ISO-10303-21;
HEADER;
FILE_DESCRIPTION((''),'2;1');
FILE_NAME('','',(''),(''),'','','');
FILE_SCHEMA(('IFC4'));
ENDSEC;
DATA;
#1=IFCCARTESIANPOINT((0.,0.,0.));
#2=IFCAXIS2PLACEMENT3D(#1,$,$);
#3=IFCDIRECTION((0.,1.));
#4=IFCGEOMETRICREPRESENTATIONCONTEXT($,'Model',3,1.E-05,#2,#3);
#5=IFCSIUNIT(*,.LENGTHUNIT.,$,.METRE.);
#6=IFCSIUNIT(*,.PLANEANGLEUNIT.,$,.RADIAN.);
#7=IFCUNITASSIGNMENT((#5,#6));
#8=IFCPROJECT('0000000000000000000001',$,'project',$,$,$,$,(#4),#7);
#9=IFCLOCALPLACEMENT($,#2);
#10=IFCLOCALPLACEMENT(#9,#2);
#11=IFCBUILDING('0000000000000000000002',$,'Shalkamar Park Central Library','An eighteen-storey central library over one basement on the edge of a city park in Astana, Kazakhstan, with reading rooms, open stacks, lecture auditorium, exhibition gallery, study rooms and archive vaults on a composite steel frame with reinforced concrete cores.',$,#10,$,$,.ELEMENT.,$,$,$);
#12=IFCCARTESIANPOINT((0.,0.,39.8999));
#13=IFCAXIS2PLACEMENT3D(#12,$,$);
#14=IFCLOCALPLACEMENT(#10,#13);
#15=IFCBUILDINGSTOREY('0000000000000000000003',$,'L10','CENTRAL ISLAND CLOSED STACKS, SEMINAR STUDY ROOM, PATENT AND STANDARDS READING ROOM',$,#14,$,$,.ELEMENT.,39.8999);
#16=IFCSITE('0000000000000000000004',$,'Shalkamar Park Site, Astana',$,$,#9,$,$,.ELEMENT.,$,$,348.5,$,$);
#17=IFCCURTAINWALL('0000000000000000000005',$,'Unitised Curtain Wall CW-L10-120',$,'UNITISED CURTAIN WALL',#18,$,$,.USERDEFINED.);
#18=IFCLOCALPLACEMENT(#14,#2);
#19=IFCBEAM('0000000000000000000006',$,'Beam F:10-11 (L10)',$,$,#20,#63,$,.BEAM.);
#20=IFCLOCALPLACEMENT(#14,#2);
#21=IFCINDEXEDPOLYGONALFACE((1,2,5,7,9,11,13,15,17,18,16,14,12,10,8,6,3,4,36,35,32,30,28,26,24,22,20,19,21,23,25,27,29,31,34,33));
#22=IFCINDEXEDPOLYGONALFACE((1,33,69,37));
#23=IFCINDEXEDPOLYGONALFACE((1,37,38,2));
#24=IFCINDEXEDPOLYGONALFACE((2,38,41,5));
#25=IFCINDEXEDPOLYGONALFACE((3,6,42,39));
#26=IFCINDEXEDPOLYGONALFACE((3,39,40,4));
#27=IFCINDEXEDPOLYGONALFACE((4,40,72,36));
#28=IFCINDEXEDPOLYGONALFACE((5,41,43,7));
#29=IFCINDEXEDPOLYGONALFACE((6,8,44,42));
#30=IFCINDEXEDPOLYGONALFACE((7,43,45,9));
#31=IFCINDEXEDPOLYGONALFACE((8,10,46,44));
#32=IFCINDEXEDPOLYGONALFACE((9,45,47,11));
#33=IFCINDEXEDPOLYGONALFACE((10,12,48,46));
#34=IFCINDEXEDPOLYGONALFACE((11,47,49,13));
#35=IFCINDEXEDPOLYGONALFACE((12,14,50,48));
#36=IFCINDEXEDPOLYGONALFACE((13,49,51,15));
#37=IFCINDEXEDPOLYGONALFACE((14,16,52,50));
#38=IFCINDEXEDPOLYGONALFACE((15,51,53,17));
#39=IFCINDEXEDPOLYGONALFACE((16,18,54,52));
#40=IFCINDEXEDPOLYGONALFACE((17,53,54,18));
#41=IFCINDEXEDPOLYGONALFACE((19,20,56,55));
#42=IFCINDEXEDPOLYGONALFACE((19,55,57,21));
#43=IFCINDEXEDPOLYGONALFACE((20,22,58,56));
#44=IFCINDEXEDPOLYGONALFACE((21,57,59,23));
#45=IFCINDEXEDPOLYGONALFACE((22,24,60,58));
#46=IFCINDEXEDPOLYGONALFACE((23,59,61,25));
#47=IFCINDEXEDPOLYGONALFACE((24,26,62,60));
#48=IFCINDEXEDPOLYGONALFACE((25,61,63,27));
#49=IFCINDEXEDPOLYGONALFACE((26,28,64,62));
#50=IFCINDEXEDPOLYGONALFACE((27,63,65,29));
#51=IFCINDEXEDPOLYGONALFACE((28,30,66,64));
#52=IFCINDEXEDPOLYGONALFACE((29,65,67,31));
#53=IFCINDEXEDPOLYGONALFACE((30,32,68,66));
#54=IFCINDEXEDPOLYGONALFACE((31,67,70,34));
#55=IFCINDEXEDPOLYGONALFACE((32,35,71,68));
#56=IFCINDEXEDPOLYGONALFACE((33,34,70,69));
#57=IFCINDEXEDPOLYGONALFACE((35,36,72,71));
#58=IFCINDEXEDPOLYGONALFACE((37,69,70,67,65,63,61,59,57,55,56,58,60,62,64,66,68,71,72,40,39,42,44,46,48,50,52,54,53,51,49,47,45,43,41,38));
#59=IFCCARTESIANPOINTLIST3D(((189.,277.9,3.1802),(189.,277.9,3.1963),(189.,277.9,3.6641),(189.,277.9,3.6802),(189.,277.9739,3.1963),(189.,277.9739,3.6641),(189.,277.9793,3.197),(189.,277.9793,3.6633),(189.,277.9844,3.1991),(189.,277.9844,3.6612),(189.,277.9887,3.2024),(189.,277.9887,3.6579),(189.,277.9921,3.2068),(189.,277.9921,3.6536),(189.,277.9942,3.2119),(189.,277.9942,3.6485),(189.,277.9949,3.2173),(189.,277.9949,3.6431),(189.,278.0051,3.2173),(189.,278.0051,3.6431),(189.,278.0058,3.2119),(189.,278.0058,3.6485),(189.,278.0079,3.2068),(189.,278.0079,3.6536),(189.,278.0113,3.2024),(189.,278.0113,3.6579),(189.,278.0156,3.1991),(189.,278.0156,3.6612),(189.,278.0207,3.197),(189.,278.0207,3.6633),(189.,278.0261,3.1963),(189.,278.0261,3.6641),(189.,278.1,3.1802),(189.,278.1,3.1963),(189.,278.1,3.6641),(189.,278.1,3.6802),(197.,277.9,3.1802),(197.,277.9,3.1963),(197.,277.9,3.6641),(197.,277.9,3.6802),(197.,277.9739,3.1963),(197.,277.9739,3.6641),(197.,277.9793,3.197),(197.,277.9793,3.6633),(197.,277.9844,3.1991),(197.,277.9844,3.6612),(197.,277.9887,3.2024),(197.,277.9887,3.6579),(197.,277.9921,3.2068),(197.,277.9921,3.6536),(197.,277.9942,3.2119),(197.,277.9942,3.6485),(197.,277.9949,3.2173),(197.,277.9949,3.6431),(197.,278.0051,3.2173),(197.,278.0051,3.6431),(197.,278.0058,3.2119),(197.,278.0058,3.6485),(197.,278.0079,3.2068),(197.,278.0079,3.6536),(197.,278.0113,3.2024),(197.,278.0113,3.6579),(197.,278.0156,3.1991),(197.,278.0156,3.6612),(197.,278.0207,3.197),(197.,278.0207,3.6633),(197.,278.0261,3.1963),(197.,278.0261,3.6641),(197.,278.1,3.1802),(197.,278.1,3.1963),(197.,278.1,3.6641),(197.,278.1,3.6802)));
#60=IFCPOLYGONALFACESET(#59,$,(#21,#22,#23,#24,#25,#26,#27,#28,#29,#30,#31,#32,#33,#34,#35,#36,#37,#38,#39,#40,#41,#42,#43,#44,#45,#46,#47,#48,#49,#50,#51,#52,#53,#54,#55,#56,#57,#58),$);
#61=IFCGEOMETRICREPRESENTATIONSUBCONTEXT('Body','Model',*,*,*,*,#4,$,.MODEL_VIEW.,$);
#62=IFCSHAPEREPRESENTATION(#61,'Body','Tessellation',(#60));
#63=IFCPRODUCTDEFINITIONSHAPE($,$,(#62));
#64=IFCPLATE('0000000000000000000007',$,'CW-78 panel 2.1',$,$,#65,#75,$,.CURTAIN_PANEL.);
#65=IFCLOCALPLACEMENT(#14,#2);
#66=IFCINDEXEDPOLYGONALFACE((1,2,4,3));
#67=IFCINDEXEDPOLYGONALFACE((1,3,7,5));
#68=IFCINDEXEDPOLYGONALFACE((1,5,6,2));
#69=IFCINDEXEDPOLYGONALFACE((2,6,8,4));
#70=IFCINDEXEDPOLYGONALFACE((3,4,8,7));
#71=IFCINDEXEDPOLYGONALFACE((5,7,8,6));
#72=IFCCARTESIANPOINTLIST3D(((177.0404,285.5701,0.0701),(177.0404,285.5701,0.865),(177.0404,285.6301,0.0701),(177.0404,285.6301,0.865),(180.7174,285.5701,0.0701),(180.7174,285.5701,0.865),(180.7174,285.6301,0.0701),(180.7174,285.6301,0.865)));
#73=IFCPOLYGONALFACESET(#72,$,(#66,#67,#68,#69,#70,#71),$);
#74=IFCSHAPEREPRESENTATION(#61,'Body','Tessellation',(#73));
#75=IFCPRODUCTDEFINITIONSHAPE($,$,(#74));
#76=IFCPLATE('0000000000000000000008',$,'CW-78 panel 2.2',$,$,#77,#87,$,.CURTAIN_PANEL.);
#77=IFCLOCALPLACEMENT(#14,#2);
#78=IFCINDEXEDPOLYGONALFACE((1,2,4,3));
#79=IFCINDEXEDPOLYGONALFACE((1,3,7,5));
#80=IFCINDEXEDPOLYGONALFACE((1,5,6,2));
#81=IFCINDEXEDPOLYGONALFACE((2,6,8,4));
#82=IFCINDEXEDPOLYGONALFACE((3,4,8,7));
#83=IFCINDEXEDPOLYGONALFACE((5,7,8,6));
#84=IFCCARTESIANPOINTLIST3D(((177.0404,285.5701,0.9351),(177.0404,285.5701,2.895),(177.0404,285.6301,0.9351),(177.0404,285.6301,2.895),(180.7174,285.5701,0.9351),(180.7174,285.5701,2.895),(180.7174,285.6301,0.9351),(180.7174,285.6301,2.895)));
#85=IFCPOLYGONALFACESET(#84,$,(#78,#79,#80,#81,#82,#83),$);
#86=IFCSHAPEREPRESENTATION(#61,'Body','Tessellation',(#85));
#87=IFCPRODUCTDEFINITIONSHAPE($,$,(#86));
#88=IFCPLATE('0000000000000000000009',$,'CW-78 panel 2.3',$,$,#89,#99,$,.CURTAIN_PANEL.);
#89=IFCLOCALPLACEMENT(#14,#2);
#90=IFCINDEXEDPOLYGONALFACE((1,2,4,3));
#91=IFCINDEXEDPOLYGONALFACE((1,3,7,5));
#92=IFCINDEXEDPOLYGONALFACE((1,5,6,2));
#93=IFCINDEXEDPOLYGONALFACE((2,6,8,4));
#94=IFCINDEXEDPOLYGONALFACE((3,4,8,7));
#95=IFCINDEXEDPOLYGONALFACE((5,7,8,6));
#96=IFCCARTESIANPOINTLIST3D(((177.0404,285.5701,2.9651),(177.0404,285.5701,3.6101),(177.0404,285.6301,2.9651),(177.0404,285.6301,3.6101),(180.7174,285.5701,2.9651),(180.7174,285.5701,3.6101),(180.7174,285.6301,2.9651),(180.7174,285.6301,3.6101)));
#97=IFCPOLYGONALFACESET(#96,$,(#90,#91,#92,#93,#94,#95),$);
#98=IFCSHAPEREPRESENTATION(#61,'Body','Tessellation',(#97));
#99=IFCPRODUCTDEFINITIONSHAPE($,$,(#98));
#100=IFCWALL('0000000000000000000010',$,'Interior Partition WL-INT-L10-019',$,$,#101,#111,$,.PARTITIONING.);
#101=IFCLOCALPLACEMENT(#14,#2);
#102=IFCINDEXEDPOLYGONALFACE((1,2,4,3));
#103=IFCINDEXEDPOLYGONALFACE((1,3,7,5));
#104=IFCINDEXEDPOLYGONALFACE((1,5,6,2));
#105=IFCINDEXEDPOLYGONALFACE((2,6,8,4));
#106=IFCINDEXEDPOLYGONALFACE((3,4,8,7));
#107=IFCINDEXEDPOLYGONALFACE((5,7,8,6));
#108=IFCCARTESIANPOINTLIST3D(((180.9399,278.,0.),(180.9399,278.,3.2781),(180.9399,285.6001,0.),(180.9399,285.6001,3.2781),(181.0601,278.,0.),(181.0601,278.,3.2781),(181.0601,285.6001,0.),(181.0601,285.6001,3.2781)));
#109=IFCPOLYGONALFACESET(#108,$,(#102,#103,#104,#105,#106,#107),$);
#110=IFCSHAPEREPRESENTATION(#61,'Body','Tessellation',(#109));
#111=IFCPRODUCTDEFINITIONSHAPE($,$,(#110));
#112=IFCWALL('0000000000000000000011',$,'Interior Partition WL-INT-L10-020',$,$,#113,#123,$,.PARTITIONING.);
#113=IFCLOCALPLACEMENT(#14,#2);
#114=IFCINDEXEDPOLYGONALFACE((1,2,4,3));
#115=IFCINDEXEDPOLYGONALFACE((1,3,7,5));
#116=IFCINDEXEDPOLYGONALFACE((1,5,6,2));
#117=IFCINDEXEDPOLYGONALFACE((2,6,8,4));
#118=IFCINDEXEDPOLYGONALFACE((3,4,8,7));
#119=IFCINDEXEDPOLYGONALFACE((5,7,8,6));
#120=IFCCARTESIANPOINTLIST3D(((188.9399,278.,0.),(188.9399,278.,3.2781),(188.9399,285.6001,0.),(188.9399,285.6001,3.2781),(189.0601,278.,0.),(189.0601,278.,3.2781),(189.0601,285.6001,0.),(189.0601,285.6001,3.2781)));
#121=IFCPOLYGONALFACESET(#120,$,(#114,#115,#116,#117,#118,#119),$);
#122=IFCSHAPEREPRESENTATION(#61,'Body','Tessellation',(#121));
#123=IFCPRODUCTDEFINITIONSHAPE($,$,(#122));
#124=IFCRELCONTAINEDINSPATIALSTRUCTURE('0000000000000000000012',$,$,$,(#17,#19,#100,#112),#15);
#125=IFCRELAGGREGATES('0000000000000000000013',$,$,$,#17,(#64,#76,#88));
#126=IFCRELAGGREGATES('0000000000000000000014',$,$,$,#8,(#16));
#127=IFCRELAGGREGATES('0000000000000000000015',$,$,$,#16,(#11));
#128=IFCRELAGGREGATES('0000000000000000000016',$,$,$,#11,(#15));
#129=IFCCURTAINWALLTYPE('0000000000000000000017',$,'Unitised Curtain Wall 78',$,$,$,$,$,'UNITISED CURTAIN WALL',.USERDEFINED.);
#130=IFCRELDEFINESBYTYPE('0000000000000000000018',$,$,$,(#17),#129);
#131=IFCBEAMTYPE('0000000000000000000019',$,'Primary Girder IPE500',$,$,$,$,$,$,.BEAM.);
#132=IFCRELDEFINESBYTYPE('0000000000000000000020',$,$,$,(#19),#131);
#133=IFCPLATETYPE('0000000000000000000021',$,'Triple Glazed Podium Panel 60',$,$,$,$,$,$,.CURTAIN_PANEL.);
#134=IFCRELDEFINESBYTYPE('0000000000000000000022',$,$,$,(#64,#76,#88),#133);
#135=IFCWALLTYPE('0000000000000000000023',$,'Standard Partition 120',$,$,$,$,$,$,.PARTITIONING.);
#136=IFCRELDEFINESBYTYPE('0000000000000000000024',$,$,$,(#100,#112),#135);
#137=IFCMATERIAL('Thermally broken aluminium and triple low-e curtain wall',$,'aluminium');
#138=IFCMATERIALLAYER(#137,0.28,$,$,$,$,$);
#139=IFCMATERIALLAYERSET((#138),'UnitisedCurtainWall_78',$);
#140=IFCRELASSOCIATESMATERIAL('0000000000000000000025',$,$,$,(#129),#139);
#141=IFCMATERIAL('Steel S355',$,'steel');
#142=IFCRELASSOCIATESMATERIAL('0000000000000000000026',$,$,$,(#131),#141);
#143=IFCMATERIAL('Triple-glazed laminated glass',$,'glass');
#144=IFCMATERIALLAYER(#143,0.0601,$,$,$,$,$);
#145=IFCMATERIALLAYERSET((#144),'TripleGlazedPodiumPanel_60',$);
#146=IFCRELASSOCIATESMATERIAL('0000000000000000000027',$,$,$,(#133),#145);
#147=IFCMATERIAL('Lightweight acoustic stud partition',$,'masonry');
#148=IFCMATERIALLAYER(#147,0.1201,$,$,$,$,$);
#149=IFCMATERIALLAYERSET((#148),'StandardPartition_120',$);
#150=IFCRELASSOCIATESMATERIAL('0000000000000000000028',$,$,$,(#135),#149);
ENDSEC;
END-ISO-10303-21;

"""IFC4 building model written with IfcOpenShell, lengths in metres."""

from ifc_helpers import new_model, si_unit, direction, frame, frame_2d, origin, origin_2d, place, context, subcontext, project, spatial, rectangle, i_section, extrude, material, layer, layer_set, material_profile, profile_set, type_object, element, aggregate, save


model = new_model("IFC4")

# Units and contexts
model_context = context("Model", 3, precision=1e-05, world=origin(), true_north=direction((0.0, 1.0)))
body_context = subcontext(model_context, "Body", "Model", "MODEL_VIEW")
ifc_project = project(units=[si_unit("LENGTHUNIT", "METRE"), si_unit("PLANEANGLEUNIT", "RADIAN")], contexts=[model_context])

# Site, building, storey
site_placement = place(None, origin())
site = spatial("IfcSite", under=ifc_project, at=site_placement, Name="Shalkamar Park Site, Astana", CompositionType="ELEMENT", RefElevation=348.5)
building_placement = place(site_placement, origin())
building = spatial("IfcBuilding", under=site, at=building_placement, Name="Shalkamar Park Central Library", Description="An eighteen-storey central library over one basement on the edge of a city park in Astana, Kazakhstan, with reading rooms, open stacks, lecture auditorium, exhibition gallery, study rooms and archive vaults on a composite steel frame with reinforced concrete cores.", CompositionType="ELEMENT")
storey_placement = place(building_placement, frame((0.0, 0.0, 39.8999)))
storey = spatial("IfcBuildingStorey", under=building, at=storey_placement, Name="L10", Description="CENTRAL ISLAND CLOSED STACKS, SEMINAR STUDY ROOM, PATENT AND STANDARDS READING ROOM", CompositionType="ELEMENT", Elevation=39.8999)

# Shared definitions
ifc_material_1 = material(Name="Steel S355", Category="steel")

# Shared definitions
ifc_material_2 = material(Name="Thermally broken aluminium and triple low-e curtain wall", Category="aluminium")

# Curtain wall
ifc_layer_1 = layer(ifc_material_2, 0.28)
ifc_layer_set_1 = layer_set([ifc_layer_1], Name="UnitisedCurtainWall_78")
curtain_wall_type_1 = type_object("IfcCurtainWallType", Name="Unitised Curtain Wall 78", ElementType="UNITISED CURTAIN WALL", PredefinedType="USERDEFINED", material=ifc_layer_set_1)
curtain_wall_1_placement = place(storey_placement, origin())
curtain_wall_1 = element("IfcCurtainWall", 1, at=curtain_wall_1_placement, inside=storey, type_object=curtain_wall_type_1, Name="Unitised Curtain Wall CW-L10-120", ObjectType="UNITISED CURTAIN WALL", PredefinedType="USERDEFINED")

# Beam
ifc_material_profile_1 = material_profile(ifc_material_1, i_section(OverallWidth=0.2, OverallDepth=0.5, WebThickness=0.0103, FlangeThickness=0.0161, FilletRadius=0.021, at=origin_2d()), Name="IPE 500")
ifc_profile_set_1 = profile_set([ifc_material_profile_1], Name="Steel S355")
beam_type_1 = type_object("IfcBeamType", Name="Primary Girder IPE500", PredefinedType="BEAM", material=ifc_profile_set_1)
for number, where, z_axis, x_axis, name in (
    (2, (189.0, 278.0, 3.4302), (1.0, 0.0, 0.0), (0.0, 1.0, 0.0), "Beam F:10-11 (L10)"),
):
    element("IfcBeam", number, at=place(storey_placement, frame(where, z_axis=z_axis, x_axis=x_axis)), inside=storey, type_object=beam_type_1, Name=name, PredefinedType="BEAM", context=body_context, shape_type="SweptSolid", body=[
        extrude(i_section(OverallWidth=0.2, OverallDepth=0.5, WebThickness=0.0103, FlangeThickness=0.0161, FilletRadius=0.021, at=origin_2d()), origin(), (0.0, 0.0, 1.0), 8.0),
    ])

# Plates
ifc_material_3 = material(Name="Triple-glazed laminated glass", Category="glass")
ifc_layer_2 = layer(ifc_material_3, 0.0601)
ifc_layer_set_2 = layer_set([ifc_layer_2], Name="TripleGlazedPodiumPanel_60")
plate_type = type_object("IfcPlateType", Name="Triple Glazed Podium Panel 60", PredefinedType="CURTAIN_PANEL", material=ifc_layer_set_2)
plate_1_placement = place(storey_placement, frame((178.8789, 285.6001, 0.0701), z_axis=(0.0, 0.0, 1.0), x_axis=(1.0, 0.0, 0.0)))
plate_1 = element("IfcPlate", 3, at=plate_1_placement, type_object=plate_type, Name="CW-78 panel 2.1", PredefinedType="CURTAIN_PANEL", context=body_context, shape_type="SweptSolid", body=[
    extrude(rectangle(XDim=3.677, YDim=0.0601, at=origin_2d()), origin(), (0.0, 0.0, 1.0), 0.7949),
])
plate_2_placement = place(storey_placement, frame((178.8789, 285.6001, 0.9351), z_axis=(0.0, 0.0, 1.0), x_axis=(1.0, 0.0, 0.0)))
plate_2 = element("IfcPlate", 4, at=plate_2_placement, type_object=plate_type, Name="CW-78 panel 2.2", PredefinedType="CURTAIN_PANEL", context=body_context, shape_type="SweptSolid", body=[
    extrude(rectangle(XDim=3.677, YDim=0.0601, at=origin_2d()), origin(), (0.0, 0.0, 1.0), 1.96),
])
plate_3_placement = place(storey_placement, frame((178.8789, 285.6001, 2.9651), z_axis=(0.0, 0.0, 1.0), x_axis=(1.0, 0.0, 0.0)))
plate_3 = element("IfcPlate", 5, at=plate_3_placement, type_object=plate_type, Name="CW-78 panel 2.3", PredefinedType="CURTAIN_PANEL", context=body_context, shape_type="SweptSolid", body=[
    extrude(rectangle(XDim=3.677, YDim=0.0601, at=origin_2d()), origin(), (0.0, 0.0, 1.0), 0.645),
])
aggregate(curtain_wall_1, [plate_1, plate_2, plate_3])

# Walls
ifc_material_4 = material(Name="Lightweight acoustic stud partition", Category="masonry")
ifc_layer_3 = layer(ifc_material_4, 0.1201)
ifc_layer_set_3 = layer_set([ifc_layer_3], Name="StandardPartition_120")
wall_type = type_object("IfcWallType", Name="Standard Partition 120", PredefinedType="PARTITIONING", material=ifc_layer_set_3)
for number, where, z_axis, x_axis, name in (
    (6, (181.0, 278.0, 0.0), (0.0, 0.0, 1.0), (0.0, 1.0, 0.0), "Interior Partition WL-INT-L10-019"),
    (7, (189.0, 278.0, 0.0), (0.0, 0.0, 1.0), (0.0, 1.0, 0.0), "Interior Partition WL-INT-L10-020"),
):
    element("IfcWall", number, at=place(storey_placement, frame(where, z_axis=z_axis, x_axis=x_axis)), inside=storey, type_object=wall_type, Name=name, PredefinedType="PARTITIONING", context=body_context, shape_type="SweptSolid", body=[
        extrude(rectangle(XDim=7.6001, YDim=0.1201, at=frame_2d((3.8, 0.0))), origin(), (0.0, 0.0, 1.0), 3.2781),
    ])

save(model, "model.ifc")
